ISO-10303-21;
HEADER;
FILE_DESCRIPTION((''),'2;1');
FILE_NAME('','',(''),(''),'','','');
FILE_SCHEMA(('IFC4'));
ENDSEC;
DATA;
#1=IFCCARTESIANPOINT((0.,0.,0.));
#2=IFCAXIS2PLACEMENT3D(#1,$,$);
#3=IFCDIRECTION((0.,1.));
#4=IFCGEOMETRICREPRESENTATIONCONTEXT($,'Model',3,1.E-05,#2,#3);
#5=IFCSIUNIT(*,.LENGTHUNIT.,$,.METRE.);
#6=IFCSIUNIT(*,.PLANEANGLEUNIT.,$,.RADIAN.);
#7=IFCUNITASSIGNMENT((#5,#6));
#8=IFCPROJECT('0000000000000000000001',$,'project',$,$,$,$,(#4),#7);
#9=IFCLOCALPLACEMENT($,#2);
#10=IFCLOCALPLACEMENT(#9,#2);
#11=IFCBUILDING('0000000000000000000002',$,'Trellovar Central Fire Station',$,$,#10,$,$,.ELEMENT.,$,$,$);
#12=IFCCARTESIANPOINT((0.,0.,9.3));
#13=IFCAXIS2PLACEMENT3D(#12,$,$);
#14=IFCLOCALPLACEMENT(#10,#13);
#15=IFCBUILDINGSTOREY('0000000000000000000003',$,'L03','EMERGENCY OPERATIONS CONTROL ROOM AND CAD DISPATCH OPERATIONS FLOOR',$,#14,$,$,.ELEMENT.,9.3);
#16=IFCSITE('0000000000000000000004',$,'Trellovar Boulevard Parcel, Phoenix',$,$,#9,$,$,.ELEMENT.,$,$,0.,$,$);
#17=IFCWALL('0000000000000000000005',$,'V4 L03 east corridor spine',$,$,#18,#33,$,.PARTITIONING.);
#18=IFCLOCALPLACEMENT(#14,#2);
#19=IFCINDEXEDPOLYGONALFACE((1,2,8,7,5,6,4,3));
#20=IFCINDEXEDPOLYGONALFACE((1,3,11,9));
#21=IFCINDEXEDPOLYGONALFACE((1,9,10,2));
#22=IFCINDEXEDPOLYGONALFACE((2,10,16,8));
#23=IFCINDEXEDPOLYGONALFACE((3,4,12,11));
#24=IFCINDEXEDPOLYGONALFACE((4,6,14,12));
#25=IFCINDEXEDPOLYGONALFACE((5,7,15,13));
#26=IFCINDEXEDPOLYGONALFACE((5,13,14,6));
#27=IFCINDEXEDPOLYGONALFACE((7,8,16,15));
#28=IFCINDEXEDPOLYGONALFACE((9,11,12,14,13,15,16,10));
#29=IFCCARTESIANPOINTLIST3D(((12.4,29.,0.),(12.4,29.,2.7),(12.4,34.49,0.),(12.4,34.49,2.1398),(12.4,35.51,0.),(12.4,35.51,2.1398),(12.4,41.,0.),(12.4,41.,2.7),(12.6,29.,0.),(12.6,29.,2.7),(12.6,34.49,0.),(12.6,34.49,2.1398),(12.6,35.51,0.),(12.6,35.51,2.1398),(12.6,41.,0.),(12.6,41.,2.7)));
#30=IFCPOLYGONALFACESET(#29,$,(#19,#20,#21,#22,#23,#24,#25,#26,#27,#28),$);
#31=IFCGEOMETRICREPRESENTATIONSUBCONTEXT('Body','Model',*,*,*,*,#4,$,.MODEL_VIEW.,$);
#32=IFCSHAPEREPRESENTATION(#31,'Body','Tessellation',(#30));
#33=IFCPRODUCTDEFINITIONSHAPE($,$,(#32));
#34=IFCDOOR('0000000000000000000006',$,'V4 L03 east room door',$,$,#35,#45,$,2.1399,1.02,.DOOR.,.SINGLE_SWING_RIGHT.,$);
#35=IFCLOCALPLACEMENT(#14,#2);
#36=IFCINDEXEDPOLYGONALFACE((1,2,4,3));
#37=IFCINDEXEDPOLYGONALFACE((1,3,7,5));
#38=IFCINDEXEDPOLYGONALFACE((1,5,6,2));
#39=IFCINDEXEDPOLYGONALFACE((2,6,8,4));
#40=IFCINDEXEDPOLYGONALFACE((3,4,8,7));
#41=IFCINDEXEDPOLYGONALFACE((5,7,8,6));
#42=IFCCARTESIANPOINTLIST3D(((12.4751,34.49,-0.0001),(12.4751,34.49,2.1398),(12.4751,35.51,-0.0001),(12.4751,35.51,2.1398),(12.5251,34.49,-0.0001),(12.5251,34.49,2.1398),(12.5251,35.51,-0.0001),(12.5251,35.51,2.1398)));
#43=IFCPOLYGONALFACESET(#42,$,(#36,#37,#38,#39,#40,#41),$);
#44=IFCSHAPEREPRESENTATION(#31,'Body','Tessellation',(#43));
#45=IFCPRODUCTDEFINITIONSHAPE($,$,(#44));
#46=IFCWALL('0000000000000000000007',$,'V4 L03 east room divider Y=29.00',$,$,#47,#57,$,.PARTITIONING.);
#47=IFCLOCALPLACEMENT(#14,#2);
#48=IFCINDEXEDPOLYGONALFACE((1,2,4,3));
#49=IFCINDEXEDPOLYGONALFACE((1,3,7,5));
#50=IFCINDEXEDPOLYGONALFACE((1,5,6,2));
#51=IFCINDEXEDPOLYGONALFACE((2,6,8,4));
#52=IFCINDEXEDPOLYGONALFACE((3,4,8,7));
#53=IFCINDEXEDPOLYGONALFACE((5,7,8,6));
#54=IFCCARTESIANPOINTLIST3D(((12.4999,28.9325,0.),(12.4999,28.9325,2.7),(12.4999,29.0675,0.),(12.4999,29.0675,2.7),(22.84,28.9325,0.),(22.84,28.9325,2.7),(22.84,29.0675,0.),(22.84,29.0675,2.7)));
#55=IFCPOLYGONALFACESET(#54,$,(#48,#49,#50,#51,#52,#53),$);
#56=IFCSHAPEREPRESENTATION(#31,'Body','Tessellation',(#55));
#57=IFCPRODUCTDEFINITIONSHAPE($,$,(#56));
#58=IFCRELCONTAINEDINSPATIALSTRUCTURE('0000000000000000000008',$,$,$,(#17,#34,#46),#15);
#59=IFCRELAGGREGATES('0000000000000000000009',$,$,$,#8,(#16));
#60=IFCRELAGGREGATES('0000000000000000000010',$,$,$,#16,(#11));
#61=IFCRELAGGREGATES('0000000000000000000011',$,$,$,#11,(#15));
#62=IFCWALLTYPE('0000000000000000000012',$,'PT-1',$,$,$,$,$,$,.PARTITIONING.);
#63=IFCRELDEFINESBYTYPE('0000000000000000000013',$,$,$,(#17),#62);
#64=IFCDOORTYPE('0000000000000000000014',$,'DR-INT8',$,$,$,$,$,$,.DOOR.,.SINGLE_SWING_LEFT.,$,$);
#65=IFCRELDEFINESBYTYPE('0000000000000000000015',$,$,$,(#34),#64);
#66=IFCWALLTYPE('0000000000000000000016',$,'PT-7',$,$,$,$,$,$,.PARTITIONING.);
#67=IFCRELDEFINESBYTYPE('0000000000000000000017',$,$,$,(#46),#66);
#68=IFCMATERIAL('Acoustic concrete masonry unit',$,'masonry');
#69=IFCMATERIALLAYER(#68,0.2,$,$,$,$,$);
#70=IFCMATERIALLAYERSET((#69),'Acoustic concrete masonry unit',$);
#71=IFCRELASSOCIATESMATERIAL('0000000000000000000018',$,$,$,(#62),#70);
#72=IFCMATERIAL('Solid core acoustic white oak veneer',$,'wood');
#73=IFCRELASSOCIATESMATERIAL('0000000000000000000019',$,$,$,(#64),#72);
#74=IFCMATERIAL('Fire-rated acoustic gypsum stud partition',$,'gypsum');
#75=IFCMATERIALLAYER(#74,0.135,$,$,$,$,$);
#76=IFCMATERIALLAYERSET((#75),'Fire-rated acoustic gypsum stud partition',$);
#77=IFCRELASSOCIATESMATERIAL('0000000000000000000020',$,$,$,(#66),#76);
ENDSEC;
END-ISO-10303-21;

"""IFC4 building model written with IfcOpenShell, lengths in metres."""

from ifc_helpers import new_model, si_unit, direction, frame, frame_2d, origin, place, context, subcontext, project, spatial, rectangle, extrude, material, layer, layer_set, type_object, element, fill, save


model = new_model("IFC4")

# Units and contexts
model_context = context("Model", 3, precision=1e-05, world=origin(), true_north=direction((0.0, 1.0)))
body_context = subcontext(model_context, "Body", "Model", "MODEL_VIEW")
ifc_project = project(units=[si_unit("LENGTHUNIT", "METRE"), si_unit("PLANEANGLEUNIT", "RADIAN")], contexts=[model_context])

# Site, building, storey
site_placement = place(None, origin())
site = spatial("IfcSite", under=ifc_project, at=site_placement, Name="Trellovar Boulevard Parcel, Phoenix", CompositionType="ELEMENT", RefElevation=0.0)
building_placement = place(site_placement, origin())
building = spatial("IfcBuilding", under=site, at=building_placement, Name="Trellovar Central Fire Station", CompositionType="ELEMENT")
storey_placement = place(building_placement, frame((0.0, 0.0, 9.3)))
storey = spatial("IfcBuildingStorey", under=building, at=storey_placement, Name="L03", Description="EMERGENCY OPERATIONS CONTROL ROOM AND CAD DISPATCH OPERATIONS FLOOR", CompositionType="ELEMENT", Elevation=9.3)

# Wall, opening, door
ifc_material_1 = material(Name="Acoustic concrete masonry unit", Category="masonry")
ifc_layer_1 = layer(ifc_material_1, 0.2)
ifc_layer_set_1 = layer_set([ifc_layer_1], Name="Acoustic concrete masonry unit")
wall_type_1 = type_object("IfcWallType", Name="PT-1", PredefinedType="PARTITIONING", material=ifc_layer_set_1)
wall_1_placement = place(storey_placement, frame((12.5, 29.0, 0.0), z_axis=(0.0, 0.0, 1.0), x_axis=(0.0, 1.0, 0.0)))
wall_1 = element("IfcWall", 1, at=wall_1_placement, inside=storey, type_object=wall_type_1, Name="V4 L03 east corridor spine", PredefinedType="PARTITIONING", context=body_context, shape_type="SweptSolid", body=[
    extrude(rectangle(XDim=12.0, YDim=0.2, at=frame_2d((6.0, 0.0))), origin(), (0.0, 0.0, 1.0), 2.7),
])
opening_placement = place(wall_1_placement, frame((5.49, 0.0, 0.0)))
opening = element("IfcOpeningElement", 2, at=opening_placement, cuts=wall_1, PredefinedType="OPENING", context=body_context, shape_type="SweptSolid", body=[
    extrude(rectangle(XDim=1.02, YDim=2.1399, at=frame_2d((0.51, 1.0698))), frame((0.0, 0.1099, 0.0), z_axis=(0.0, -1.0, 0.0), x_axis=(1.0, 0.0, 0.0)), (0.0, 0.0, 1.0), 0.22),
])
ifc_material_2 = material(Name="Solid core acoustic white oak veneer", Category="wood")
door_type = type_object("IfcDoorType", Name="DR-INT8", OperationType="SINGLE_SWING_LEFT", PredefinedType="DOOR", material=ifc_material_2)
door_placement = place(opening_placement, origin())
door = element("IfcDoor", 3, at=door_placement, inside=storey, type_object=door_type, Name="V4 L03 east room door", OperationType="SINGLE_SWING_RIGHT", OverallHeight=2.1399, OverallWidth=1.02, PredefinedType="DOOR", context=body_context, shape_type="SweptSolid", body=[
    extrude(rectangle(XDim=1.02, YDim=2.1399, at=frame_2d((0.51, 1.0698))), frame((0.0, 0.0249, 0.0), z_axis=(0.0, -1.0, 0.0), x_axis=(1.0, 0.0, 0.0)), (0.0, 0.0, 1.0), 0.05),
])
fill(opening, door)

# Wall
ifc_material_3 = material(Name="Fire-rated acoustic gypsum stud partition", Category="gypsum")
ifc_layer_2 = layer(ifc_material_3, 0.135)
ifc_layer_set_2 = layer_set([ifc_layer_2], Name="Fire-rated acoustic gypsum stud partition")
wall_type_2 = type_object("IfcWallType", Name="PT-7", PredefinedType="PARTITIONING", material=ifc_layer_set_2)
wall_2_placement = place(storey_placement, frame((12.5, 29.0, 0.0), z_axis=(0.0, 0.0, 1.0), x_axis=(1.0, 0.0, 0.0)))
element("IfcWall", 4, at=wall_2_placement, inside=storey, type_object=wall_type_2, Name="V4 L03 east room divider Y=29.00", PredefinedType="PARTITIONING", context=body_context, shape_type="SweptSolid", body=[
    extrude(rectangle(XDim=10.3401, YDim=0.135, at=frame_2d((5.1699, 0.0))), origin(), (0.0, 0.0, 1.0), 2.7),
])

save(model, "model.ifc")
